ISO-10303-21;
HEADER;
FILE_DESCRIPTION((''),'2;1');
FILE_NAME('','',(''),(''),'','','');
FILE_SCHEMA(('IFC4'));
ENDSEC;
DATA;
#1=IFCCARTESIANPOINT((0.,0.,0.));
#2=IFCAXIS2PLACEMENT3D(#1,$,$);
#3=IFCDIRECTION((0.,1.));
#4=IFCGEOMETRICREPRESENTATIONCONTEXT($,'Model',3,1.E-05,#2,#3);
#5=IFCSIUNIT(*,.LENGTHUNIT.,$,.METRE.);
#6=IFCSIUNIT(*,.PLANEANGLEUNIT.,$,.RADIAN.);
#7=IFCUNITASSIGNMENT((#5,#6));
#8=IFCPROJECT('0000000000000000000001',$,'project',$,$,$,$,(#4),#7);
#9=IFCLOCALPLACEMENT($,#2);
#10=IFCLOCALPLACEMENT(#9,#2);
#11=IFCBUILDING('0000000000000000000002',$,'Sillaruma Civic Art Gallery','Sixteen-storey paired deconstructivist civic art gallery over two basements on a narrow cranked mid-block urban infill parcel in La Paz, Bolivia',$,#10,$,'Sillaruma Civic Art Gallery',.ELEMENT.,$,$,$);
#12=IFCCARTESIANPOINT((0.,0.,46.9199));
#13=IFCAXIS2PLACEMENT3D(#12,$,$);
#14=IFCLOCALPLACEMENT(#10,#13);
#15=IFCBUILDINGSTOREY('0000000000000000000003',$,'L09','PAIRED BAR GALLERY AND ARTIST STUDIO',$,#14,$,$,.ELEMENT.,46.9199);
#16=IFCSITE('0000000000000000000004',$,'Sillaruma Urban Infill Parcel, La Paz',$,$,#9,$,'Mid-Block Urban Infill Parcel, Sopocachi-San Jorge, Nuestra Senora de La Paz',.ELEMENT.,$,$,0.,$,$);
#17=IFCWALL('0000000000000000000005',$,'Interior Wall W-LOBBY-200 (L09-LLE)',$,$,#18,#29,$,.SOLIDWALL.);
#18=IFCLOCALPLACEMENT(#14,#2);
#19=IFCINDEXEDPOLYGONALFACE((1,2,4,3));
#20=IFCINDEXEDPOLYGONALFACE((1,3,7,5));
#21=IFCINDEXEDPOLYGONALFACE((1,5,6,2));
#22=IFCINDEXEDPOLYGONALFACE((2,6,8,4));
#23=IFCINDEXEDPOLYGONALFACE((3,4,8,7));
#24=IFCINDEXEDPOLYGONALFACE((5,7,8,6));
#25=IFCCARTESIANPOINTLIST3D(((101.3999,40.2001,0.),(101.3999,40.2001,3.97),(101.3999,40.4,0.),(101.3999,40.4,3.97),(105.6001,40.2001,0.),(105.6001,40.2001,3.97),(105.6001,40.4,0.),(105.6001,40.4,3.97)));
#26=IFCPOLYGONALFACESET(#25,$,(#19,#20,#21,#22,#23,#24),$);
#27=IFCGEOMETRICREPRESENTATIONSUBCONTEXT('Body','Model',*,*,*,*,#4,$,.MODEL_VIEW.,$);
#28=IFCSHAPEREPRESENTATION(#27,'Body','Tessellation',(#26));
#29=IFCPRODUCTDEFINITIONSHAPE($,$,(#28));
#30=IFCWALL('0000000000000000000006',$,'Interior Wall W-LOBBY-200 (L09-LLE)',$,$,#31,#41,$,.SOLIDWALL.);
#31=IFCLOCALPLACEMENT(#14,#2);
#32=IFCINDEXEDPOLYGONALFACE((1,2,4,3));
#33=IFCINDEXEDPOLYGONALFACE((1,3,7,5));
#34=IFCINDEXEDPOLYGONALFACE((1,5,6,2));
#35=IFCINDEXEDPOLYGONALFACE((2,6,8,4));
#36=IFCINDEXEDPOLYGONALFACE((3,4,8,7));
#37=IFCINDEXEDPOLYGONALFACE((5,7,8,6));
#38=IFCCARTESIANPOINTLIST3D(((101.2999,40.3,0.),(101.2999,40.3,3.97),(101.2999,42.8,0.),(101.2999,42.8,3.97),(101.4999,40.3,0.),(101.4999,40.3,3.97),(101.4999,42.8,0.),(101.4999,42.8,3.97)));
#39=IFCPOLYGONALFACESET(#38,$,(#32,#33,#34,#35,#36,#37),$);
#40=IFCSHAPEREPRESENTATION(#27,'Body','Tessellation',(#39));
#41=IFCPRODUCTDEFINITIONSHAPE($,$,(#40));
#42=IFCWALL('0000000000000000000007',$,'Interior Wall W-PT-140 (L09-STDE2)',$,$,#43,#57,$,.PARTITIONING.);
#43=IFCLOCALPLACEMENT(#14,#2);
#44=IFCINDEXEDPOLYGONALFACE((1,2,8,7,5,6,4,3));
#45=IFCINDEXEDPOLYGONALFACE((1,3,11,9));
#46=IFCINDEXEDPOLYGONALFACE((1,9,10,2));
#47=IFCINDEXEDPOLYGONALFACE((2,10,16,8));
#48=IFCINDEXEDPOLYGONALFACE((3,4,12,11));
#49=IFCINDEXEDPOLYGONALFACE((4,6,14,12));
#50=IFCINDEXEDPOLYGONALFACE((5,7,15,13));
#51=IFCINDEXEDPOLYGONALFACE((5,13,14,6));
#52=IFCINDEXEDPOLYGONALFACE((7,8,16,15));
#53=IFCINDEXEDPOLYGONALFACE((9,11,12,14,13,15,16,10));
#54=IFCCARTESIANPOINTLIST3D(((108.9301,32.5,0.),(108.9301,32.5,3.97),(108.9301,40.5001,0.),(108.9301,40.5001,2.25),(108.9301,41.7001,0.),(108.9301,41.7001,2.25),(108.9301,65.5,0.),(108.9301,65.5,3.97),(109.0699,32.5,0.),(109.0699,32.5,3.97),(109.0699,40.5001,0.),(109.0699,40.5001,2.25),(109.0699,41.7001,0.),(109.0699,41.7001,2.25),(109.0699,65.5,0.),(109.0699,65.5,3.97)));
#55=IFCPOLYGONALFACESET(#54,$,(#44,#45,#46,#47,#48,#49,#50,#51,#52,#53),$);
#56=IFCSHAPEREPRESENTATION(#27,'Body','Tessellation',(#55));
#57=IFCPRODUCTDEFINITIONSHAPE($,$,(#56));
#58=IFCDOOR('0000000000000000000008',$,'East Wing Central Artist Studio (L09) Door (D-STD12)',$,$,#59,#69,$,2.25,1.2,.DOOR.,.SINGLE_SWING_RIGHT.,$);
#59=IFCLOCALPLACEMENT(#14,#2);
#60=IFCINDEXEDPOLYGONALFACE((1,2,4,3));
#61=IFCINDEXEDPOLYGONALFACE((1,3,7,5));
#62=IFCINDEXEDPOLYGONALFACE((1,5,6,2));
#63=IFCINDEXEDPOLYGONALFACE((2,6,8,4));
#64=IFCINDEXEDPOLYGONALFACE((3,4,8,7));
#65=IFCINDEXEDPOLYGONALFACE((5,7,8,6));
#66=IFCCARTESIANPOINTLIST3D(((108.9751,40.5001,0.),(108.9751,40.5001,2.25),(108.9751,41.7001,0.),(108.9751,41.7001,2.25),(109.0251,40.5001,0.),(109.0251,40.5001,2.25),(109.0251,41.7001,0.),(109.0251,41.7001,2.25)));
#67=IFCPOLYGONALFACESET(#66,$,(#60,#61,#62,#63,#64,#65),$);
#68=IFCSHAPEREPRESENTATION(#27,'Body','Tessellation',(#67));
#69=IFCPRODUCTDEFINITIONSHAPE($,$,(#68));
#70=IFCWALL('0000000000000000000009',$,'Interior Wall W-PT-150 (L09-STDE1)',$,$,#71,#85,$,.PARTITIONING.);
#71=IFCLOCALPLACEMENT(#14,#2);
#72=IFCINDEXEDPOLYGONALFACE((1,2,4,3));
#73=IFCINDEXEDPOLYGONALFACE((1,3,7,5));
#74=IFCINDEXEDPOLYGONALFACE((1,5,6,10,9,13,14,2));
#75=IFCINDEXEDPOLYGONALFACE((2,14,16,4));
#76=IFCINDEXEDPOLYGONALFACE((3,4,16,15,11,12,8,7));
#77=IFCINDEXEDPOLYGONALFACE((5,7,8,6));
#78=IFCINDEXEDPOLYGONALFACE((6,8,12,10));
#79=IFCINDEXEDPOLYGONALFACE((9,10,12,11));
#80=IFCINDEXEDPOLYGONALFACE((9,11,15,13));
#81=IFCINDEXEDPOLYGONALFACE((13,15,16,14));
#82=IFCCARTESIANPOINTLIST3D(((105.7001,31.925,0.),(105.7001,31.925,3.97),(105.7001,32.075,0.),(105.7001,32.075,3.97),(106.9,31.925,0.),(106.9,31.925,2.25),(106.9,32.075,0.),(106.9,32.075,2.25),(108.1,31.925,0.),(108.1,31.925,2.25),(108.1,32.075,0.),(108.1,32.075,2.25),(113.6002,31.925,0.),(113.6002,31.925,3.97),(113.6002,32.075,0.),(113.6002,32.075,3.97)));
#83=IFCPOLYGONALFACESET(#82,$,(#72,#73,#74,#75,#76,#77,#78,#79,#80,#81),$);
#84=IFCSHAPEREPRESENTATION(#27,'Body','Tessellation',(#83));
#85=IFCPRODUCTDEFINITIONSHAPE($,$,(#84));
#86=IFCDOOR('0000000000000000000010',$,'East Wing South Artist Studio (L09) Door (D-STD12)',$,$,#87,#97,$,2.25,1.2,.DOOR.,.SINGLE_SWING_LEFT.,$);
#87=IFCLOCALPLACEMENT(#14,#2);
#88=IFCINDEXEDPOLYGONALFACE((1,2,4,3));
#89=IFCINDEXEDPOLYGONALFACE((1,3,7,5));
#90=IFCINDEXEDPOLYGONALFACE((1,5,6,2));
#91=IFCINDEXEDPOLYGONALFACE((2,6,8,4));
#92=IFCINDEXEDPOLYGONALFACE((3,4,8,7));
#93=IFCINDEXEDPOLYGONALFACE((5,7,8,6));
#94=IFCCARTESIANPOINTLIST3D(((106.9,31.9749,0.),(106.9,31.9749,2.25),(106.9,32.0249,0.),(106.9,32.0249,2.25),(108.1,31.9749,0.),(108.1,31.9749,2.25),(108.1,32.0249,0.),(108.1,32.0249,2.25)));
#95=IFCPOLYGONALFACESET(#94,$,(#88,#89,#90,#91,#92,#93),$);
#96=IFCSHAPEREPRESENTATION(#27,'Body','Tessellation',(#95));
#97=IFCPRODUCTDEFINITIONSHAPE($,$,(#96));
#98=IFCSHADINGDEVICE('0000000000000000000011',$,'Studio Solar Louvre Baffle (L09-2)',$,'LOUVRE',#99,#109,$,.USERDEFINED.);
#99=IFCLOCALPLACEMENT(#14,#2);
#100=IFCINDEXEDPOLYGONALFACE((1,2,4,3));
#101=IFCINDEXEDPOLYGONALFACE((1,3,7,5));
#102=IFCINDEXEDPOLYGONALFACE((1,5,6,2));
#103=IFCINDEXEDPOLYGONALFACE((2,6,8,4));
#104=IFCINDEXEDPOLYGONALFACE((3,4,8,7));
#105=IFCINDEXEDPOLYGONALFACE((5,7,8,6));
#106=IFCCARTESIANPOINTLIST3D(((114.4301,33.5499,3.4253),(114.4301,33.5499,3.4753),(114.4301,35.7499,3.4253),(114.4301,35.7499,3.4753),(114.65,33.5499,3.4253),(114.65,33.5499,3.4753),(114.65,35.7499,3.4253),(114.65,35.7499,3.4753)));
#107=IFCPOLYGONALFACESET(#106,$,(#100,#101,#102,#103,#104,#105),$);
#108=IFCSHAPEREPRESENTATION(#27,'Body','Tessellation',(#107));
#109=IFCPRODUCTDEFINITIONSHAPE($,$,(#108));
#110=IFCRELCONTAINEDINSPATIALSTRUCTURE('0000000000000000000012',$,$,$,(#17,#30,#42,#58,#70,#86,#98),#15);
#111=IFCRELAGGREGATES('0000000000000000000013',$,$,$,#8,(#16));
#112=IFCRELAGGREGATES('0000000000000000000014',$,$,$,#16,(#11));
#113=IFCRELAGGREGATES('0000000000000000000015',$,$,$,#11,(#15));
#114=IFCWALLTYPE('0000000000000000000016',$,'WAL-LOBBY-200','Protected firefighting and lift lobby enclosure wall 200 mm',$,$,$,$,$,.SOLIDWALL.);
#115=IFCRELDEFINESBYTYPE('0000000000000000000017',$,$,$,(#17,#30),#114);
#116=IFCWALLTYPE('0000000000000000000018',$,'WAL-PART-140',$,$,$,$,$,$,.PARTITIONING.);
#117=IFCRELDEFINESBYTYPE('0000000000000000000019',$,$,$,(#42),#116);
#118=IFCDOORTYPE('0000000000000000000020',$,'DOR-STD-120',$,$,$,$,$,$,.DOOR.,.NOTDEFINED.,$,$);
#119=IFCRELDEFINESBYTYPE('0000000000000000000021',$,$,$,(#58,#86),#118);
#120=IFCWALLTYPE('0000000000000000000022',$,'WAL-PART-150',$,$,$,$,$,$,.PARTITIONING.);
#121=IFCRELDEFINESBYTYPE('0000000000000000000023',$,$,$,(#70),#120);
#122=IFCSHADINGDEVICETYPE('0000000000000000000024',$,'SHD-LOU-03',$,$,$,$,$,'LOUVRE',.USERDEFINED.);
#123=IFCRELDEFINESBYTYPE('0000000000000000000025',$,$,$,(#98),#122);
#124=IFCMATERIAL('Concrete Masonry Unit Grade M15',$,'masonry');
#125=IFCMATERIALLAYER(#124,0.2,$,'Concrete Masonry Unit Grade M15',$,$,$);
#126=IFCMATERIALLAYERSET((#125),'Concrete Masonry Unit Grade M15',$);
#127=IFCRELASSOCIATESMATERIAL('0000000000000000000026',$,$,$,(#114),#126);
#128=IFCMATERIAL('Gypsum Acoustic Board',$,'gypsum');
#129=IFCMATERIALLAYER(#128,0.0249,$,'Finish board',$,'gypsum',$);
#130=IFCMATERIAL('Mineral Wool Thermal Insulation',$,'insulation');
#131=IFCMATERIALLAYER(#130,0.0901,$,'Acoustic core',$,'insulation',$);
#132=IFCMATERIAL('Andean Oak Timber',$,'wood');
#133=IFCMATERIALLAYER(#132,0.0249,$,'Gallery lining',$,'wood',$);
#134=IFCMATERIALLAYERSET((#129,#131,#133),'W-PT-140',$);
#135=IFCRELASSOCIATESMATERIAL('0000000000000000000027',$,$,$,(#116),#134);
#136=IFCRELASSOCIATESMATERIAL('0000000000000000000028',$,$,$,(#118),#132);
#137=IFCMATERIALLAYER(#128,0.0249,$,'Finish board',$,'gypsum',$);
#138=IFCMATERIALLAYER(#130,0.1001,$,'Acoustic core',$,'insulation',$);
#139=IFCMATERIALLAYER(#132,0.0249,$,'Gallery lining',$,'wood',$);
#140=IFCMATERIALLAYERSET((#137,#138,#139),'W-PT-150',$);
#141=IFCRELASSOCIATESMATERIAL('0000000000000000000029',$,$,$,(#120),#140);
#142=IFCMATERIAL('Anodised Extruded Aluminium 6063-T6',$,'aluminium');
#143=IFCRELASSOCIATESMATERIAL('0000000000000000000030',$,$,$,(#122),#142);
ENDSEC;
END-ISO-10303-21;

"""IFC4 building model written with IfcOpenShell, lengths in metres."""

from ifc_helpers import new_model, si_unit, direction, frame, frame_2d, origin, origin_2d, place, context, subcontext, project, spatial, rectangle, extrude, material, layer, layer_set, type_object, element, fill, save


model = new_model("IFC4")

# Units and contexts
model_context = context("Model", 3, precision=1e-05, world=origin(), true_north=direction((0.0, 1.0)))
body_context = subcontext(model_context, "Body", "Model", "MODEL_VIEW")
ifc_project = project(units=[si_unit("LENGTHUNIT", "METRE"), si_unit("PLANEANGLEUNIT", "RADIAN")], contexts=[model_context])

# Site, building, storey
site_placement = place(None, origin())
site = spatial("IfcSite", under=ifc_project, at=site_placement, Name="Sillaruma Urban Infill Parcel, La Paz", LongName="Mid-Block Urban Infill Parcel, Sopocachi-San Jorge, Nuestra Senora de La Paz", CompositionType="ELEMENT", RefElevation=0.0)
building_placement = place(site_placement, origin())
building = spatial("IfcBuilding", under=site, at=building_placement, Name="Sillaruma Civic Art Gallery", Description="Sixteen-storey paired deconstructivist civic art gallery over two basements on a narrow cranked mid-block urban infill parcel in La Paz, Bolivia", LongName="Sillaruma Civic Art Gallery", CompositionType="ELEMENT")
storey_placement = place(building_placement, frame((0.0, 0.0, 46.9199)))
storey = spatial("IfcBuildingStorey", under=building, at=storey_placement, Name="L09", Description="PAIRED BAR GALLERY AND ARTIST STUDIO", CompositionType="ELEMENT", Elevation=46.9199)

# Shared definitions
ifc_material_1 = material(Name="Mineral Wool Thermal Insulation", Category="insulation")

# Walls
ifc_material_2 = material(Name="Concrete Masonry Unit Grade M15", Category="masonry")
ifc_layer_1 = layer(ifc_material_2, 0.2, Name="Concrete Masonry Unit Grade M15")
ifc_layer_set_1 = layer_set([ifc_layer_1], Name="Concrete Masonry Unit Grade M15")
wall_type_1 = type_object("IfcWallType", Name="WAL-LOBBY-200", Description="Protected firefighting and lift lobby enclosure wall 200 mm", PredefinedType="SOLIDWALL", material=ifc_layer_set_1)
wall_1_placement = place(storey_placement, frame((101.3999, 40.3, 0.0), z_axis=(0.0, 0.0, 1.0), x_axis=(1.0, 0.0, 0.0)))
element("IfcWall", 1, at=wall_1_placement, inside=storey, type_object=wall_type_1, Name="Interior Wall W-LOBBY-200 (L09-LLE)", PredefinedType="SOLIDWALL", context=body_context, shape_type="SweptSolid", body=[
    extrude(rectangle(XDim=4.2002, YDim=0.2, at=frame_2d((2.1001, 0.0))), origin(), (0.0, 0.0, 1.0), 3.97),
])
wall_2_placement = place(storey_placement, frame((101.3999, 40.3, 0.0), z_axis=(0.0, 0.0, 1.0), x_axis=(0.0, 1.0, 0.0)))
element("IfcWall", 2, at=wall_2_placement, inside=storey, type_object=wall_type_1, Name="Interior Wall W-LOBBY-200 (L09-LLE)", PredefinedType="SOLIDWALL", context=body_context, shape_type="SweptSolid", body=[
    extrude(rectangle(XDim=2.5, YDim=0.2, at=frame_2d((1.25, 0.0))), origin(), (0.0, 0.0, 1.0), 3.97),
])

# Walls, openings, doors
ifc_material_3 = material(Name="Gypsum Acoustic Board", Category="gypsum")
ifc_layer_2 = layer(ifc_material_3, 0.0249, Name="Finish board", Category="gypsum")
ifc_layer_3 = layer(ifc_material_1, 0.0901, Name="Acoustic core", Category="insulation")
ifc_material_4 = material(Name="Andean Oak Timber", Category="wood")
ifc_layer_4 = layer(ifc_material_4, 0.0249, Name="Gallery lining", Category="wood")
ifc_layer_set_2 = layer_set([ifc_layer_2, ifc_layer_3, ifc_layer_4], Name="W-PT-140")
wall_type_2 = type_object("IfcWallType", Name="WAL-PART-140", PredefinedType="PARTITIONING", material=ifc_layer_set_2)
wall_3_placement = place(storey_placement, frame((109.0, 32.5, 0.0), z_axis=(0.0, 0.0, 1.0), x_axis=(0.0, 1.0, 0.0)))
wall_3 = element("IfcWall", 3, at=wall_3_placement, inside=storey, type_object=wall_type_2, Name="Interior Wall W-PT-140 (L09-STDE2)", PredefinedType="PARTITIONING", context=body_context, shape_type="SweptSolid", body=[
    extrude(rectangle(XDim=33.0, YDim=0.1399, at=frame_2d((16.5, 0.0))), origin(), (0.0, 0.0, 1.0), 3.97),
])
opening_1_placement = place(wall_3_placement, frame((8.0, 0.0, 0.0)))
opening_1 = element("IfcOpeningElement", 4, at=opening_1_placement, cuts=wall_3, PredefinedType="OPENING", context=body_context, shape_type="SweptSolid", body=[
    extrude(rectangle(XDim=1.2, YDim=2.25, at=frame_2d((0.6001, 1.125))), frame((0.0, 0.0798, 0.0), z_axis=(0.0, -1.0, 0.0), x_axis=(1.0, 0.0, 0.0)), (0.0, 0.0, 1.0), 0.1599),
])
door_type = type_object("IfcDoorType", Name="DOR-STD-120", OperationType="NOTDEFINED", PredefinedType="DOOR", material=ifc_material_4)
door_1_placement = place(opening_1_placement, origin())
door_1 = element("IfcDoor", 5, at=door_1_placement, inside=storey, type_object=door_type, Name="East Wing Central Artist Studio (L09) Door (D-STD12)", OperationType="SINGLE_SWING_RIGHT", OverallHeight=2.25, OverallWidth=1.2, PredefinedType="DOOR", context=body_context, shape_type="SweptSolid", body=[
    extrude(rectangle(XDim=1.2, YDim=2.25, at=frame_2d((0.6001, 1.125))), frame((0.0, 0.0249, 0.0), z_axis=(0.0, -1.0, 0.0), x_axis=(1.0, 0.0, 0.0)), (0.0, 0.0, 1.0), 0.05),
])
fill(opening_1, door_1)
ifc_layer_5 = layer(ifc_material_3, 0.0249, Name="Finish board", Category="gypsum")
ifc_layer_6 = layer(ifc_material_1, 0.1001, Name="Acoustic core", Category="insulation")
ifc_layer_7 = layer(ifc_material_4, 0.0249, Name="Gallery lining", Category="wood")
ifc_layer_set_3 = layer_set([ifc_layer_5, ifc_layer_6, ifc_layer_7], Name="W-PT-150")
wall_type_3 = type_object("IfcWallType", Name="WAL-PART-150", PredefinedType="PARTITIONING", material=ifc_layer_set_3)
wall_4_placement = place(storey_placement, frame((105.7, 32.0, 0.0), z_axis=(0.0, 0.0, 1.0), x_axis=(1.0, 0.0, 0.0)))
wall_4 = element("IfcWall", 6, at=wall_4_placement, inside=storey, type_object=wall_type_3, Name="Interior Wall W-PT-150 (L09-STDE1)", PredefinedType="PARTITIONING", context=body_context, shape_type="SweptSolid", body=[
    extrude(rectangle(XDim=7.9001, YDim=0.1499, at=frame_2d((3.9502, 0.0))), origin(), (0.0, 0.0, 1.0), 3.97),
])
opening_2_placement = place(wall_4_placement, frame((1.2, 0.0, 0.0)))
opening_2 = element("IfcOpeningElement", 7, at=opening_2_placement, cuts=wall_4, PredefinedType="OPENING", context=body_context, shape_type="SweptSolid", body=[
    extrude(rectangle(XDim=1.2, YDim=2.25, at=frame_2d((0.6001, 1.125))), frame((0.0, 0.085, 0.0), z_axis=(0.0, -1.0, 0.0), x_axis=(1.0, 0.0, 0.0)), (0.0, 0.0, 1.0), 0.1699),
])
door_2_placement = place(opening_2_placement, origin())
door_2 = element("IfcDoor", 8, at=door_2_placement, inside=storey, type_object=door_type, Name="East Wing South Artist Studio (L09) Door (D-STD12)", OperationType="SINGLE_SWING_LEFT", OverallHeight=2.25, OverallWidth=1.2, PredefinedType="DOOR", context=body_context, shape_type="SweptSolid", body=[
    extrude(rectangle(XDim=1.2, YDim=2.25, at=frame_2d((0.6001, 1.125))), frame((0.0, 0.0249, 0.0), z_axis=(0.0, -1.0, 0.0), x_axis=(1.0, 0.0, 0.0)), (0.0, 0.0, 1.0), 0.05),
])
fill(opening_2, door_2)

# Shading device
ifc_material_5 = material(Name="Anodised Extruded Aluminium 6063-T6", Category="aluminium")
shading_device_type = type_object("IfcShadingDeviceType", Name="SHD-LOU-03", ElementType="LOUVRE", PredefinedType="USERDEFINED", material=ifc_material_5)
shading_device_placement = place(storey_placement, frame((114.54, 34.6499, 3.4253), z_axis=(0.0, 0.0, 1.0), x_axis=(0.0, 1.0, 0.0)))
element("IfcShadingDevice", 9, at=shading_device_placement, inside=storey, type_object=shading_device_type, Name="Studio Solar Louvre Baffle (L09-2)", ObjectType="LOUVRE", PredefinedType="USERDEFINED", context=body_context, shape_type="SweptSolid", body=[
    extrude(rectangle(XDim=2.2, YDim=0.22, at=origin_2d()), origin(), (0.0, 0.0, 1.0), 0.05),
])

save(model, "model.ifc")
